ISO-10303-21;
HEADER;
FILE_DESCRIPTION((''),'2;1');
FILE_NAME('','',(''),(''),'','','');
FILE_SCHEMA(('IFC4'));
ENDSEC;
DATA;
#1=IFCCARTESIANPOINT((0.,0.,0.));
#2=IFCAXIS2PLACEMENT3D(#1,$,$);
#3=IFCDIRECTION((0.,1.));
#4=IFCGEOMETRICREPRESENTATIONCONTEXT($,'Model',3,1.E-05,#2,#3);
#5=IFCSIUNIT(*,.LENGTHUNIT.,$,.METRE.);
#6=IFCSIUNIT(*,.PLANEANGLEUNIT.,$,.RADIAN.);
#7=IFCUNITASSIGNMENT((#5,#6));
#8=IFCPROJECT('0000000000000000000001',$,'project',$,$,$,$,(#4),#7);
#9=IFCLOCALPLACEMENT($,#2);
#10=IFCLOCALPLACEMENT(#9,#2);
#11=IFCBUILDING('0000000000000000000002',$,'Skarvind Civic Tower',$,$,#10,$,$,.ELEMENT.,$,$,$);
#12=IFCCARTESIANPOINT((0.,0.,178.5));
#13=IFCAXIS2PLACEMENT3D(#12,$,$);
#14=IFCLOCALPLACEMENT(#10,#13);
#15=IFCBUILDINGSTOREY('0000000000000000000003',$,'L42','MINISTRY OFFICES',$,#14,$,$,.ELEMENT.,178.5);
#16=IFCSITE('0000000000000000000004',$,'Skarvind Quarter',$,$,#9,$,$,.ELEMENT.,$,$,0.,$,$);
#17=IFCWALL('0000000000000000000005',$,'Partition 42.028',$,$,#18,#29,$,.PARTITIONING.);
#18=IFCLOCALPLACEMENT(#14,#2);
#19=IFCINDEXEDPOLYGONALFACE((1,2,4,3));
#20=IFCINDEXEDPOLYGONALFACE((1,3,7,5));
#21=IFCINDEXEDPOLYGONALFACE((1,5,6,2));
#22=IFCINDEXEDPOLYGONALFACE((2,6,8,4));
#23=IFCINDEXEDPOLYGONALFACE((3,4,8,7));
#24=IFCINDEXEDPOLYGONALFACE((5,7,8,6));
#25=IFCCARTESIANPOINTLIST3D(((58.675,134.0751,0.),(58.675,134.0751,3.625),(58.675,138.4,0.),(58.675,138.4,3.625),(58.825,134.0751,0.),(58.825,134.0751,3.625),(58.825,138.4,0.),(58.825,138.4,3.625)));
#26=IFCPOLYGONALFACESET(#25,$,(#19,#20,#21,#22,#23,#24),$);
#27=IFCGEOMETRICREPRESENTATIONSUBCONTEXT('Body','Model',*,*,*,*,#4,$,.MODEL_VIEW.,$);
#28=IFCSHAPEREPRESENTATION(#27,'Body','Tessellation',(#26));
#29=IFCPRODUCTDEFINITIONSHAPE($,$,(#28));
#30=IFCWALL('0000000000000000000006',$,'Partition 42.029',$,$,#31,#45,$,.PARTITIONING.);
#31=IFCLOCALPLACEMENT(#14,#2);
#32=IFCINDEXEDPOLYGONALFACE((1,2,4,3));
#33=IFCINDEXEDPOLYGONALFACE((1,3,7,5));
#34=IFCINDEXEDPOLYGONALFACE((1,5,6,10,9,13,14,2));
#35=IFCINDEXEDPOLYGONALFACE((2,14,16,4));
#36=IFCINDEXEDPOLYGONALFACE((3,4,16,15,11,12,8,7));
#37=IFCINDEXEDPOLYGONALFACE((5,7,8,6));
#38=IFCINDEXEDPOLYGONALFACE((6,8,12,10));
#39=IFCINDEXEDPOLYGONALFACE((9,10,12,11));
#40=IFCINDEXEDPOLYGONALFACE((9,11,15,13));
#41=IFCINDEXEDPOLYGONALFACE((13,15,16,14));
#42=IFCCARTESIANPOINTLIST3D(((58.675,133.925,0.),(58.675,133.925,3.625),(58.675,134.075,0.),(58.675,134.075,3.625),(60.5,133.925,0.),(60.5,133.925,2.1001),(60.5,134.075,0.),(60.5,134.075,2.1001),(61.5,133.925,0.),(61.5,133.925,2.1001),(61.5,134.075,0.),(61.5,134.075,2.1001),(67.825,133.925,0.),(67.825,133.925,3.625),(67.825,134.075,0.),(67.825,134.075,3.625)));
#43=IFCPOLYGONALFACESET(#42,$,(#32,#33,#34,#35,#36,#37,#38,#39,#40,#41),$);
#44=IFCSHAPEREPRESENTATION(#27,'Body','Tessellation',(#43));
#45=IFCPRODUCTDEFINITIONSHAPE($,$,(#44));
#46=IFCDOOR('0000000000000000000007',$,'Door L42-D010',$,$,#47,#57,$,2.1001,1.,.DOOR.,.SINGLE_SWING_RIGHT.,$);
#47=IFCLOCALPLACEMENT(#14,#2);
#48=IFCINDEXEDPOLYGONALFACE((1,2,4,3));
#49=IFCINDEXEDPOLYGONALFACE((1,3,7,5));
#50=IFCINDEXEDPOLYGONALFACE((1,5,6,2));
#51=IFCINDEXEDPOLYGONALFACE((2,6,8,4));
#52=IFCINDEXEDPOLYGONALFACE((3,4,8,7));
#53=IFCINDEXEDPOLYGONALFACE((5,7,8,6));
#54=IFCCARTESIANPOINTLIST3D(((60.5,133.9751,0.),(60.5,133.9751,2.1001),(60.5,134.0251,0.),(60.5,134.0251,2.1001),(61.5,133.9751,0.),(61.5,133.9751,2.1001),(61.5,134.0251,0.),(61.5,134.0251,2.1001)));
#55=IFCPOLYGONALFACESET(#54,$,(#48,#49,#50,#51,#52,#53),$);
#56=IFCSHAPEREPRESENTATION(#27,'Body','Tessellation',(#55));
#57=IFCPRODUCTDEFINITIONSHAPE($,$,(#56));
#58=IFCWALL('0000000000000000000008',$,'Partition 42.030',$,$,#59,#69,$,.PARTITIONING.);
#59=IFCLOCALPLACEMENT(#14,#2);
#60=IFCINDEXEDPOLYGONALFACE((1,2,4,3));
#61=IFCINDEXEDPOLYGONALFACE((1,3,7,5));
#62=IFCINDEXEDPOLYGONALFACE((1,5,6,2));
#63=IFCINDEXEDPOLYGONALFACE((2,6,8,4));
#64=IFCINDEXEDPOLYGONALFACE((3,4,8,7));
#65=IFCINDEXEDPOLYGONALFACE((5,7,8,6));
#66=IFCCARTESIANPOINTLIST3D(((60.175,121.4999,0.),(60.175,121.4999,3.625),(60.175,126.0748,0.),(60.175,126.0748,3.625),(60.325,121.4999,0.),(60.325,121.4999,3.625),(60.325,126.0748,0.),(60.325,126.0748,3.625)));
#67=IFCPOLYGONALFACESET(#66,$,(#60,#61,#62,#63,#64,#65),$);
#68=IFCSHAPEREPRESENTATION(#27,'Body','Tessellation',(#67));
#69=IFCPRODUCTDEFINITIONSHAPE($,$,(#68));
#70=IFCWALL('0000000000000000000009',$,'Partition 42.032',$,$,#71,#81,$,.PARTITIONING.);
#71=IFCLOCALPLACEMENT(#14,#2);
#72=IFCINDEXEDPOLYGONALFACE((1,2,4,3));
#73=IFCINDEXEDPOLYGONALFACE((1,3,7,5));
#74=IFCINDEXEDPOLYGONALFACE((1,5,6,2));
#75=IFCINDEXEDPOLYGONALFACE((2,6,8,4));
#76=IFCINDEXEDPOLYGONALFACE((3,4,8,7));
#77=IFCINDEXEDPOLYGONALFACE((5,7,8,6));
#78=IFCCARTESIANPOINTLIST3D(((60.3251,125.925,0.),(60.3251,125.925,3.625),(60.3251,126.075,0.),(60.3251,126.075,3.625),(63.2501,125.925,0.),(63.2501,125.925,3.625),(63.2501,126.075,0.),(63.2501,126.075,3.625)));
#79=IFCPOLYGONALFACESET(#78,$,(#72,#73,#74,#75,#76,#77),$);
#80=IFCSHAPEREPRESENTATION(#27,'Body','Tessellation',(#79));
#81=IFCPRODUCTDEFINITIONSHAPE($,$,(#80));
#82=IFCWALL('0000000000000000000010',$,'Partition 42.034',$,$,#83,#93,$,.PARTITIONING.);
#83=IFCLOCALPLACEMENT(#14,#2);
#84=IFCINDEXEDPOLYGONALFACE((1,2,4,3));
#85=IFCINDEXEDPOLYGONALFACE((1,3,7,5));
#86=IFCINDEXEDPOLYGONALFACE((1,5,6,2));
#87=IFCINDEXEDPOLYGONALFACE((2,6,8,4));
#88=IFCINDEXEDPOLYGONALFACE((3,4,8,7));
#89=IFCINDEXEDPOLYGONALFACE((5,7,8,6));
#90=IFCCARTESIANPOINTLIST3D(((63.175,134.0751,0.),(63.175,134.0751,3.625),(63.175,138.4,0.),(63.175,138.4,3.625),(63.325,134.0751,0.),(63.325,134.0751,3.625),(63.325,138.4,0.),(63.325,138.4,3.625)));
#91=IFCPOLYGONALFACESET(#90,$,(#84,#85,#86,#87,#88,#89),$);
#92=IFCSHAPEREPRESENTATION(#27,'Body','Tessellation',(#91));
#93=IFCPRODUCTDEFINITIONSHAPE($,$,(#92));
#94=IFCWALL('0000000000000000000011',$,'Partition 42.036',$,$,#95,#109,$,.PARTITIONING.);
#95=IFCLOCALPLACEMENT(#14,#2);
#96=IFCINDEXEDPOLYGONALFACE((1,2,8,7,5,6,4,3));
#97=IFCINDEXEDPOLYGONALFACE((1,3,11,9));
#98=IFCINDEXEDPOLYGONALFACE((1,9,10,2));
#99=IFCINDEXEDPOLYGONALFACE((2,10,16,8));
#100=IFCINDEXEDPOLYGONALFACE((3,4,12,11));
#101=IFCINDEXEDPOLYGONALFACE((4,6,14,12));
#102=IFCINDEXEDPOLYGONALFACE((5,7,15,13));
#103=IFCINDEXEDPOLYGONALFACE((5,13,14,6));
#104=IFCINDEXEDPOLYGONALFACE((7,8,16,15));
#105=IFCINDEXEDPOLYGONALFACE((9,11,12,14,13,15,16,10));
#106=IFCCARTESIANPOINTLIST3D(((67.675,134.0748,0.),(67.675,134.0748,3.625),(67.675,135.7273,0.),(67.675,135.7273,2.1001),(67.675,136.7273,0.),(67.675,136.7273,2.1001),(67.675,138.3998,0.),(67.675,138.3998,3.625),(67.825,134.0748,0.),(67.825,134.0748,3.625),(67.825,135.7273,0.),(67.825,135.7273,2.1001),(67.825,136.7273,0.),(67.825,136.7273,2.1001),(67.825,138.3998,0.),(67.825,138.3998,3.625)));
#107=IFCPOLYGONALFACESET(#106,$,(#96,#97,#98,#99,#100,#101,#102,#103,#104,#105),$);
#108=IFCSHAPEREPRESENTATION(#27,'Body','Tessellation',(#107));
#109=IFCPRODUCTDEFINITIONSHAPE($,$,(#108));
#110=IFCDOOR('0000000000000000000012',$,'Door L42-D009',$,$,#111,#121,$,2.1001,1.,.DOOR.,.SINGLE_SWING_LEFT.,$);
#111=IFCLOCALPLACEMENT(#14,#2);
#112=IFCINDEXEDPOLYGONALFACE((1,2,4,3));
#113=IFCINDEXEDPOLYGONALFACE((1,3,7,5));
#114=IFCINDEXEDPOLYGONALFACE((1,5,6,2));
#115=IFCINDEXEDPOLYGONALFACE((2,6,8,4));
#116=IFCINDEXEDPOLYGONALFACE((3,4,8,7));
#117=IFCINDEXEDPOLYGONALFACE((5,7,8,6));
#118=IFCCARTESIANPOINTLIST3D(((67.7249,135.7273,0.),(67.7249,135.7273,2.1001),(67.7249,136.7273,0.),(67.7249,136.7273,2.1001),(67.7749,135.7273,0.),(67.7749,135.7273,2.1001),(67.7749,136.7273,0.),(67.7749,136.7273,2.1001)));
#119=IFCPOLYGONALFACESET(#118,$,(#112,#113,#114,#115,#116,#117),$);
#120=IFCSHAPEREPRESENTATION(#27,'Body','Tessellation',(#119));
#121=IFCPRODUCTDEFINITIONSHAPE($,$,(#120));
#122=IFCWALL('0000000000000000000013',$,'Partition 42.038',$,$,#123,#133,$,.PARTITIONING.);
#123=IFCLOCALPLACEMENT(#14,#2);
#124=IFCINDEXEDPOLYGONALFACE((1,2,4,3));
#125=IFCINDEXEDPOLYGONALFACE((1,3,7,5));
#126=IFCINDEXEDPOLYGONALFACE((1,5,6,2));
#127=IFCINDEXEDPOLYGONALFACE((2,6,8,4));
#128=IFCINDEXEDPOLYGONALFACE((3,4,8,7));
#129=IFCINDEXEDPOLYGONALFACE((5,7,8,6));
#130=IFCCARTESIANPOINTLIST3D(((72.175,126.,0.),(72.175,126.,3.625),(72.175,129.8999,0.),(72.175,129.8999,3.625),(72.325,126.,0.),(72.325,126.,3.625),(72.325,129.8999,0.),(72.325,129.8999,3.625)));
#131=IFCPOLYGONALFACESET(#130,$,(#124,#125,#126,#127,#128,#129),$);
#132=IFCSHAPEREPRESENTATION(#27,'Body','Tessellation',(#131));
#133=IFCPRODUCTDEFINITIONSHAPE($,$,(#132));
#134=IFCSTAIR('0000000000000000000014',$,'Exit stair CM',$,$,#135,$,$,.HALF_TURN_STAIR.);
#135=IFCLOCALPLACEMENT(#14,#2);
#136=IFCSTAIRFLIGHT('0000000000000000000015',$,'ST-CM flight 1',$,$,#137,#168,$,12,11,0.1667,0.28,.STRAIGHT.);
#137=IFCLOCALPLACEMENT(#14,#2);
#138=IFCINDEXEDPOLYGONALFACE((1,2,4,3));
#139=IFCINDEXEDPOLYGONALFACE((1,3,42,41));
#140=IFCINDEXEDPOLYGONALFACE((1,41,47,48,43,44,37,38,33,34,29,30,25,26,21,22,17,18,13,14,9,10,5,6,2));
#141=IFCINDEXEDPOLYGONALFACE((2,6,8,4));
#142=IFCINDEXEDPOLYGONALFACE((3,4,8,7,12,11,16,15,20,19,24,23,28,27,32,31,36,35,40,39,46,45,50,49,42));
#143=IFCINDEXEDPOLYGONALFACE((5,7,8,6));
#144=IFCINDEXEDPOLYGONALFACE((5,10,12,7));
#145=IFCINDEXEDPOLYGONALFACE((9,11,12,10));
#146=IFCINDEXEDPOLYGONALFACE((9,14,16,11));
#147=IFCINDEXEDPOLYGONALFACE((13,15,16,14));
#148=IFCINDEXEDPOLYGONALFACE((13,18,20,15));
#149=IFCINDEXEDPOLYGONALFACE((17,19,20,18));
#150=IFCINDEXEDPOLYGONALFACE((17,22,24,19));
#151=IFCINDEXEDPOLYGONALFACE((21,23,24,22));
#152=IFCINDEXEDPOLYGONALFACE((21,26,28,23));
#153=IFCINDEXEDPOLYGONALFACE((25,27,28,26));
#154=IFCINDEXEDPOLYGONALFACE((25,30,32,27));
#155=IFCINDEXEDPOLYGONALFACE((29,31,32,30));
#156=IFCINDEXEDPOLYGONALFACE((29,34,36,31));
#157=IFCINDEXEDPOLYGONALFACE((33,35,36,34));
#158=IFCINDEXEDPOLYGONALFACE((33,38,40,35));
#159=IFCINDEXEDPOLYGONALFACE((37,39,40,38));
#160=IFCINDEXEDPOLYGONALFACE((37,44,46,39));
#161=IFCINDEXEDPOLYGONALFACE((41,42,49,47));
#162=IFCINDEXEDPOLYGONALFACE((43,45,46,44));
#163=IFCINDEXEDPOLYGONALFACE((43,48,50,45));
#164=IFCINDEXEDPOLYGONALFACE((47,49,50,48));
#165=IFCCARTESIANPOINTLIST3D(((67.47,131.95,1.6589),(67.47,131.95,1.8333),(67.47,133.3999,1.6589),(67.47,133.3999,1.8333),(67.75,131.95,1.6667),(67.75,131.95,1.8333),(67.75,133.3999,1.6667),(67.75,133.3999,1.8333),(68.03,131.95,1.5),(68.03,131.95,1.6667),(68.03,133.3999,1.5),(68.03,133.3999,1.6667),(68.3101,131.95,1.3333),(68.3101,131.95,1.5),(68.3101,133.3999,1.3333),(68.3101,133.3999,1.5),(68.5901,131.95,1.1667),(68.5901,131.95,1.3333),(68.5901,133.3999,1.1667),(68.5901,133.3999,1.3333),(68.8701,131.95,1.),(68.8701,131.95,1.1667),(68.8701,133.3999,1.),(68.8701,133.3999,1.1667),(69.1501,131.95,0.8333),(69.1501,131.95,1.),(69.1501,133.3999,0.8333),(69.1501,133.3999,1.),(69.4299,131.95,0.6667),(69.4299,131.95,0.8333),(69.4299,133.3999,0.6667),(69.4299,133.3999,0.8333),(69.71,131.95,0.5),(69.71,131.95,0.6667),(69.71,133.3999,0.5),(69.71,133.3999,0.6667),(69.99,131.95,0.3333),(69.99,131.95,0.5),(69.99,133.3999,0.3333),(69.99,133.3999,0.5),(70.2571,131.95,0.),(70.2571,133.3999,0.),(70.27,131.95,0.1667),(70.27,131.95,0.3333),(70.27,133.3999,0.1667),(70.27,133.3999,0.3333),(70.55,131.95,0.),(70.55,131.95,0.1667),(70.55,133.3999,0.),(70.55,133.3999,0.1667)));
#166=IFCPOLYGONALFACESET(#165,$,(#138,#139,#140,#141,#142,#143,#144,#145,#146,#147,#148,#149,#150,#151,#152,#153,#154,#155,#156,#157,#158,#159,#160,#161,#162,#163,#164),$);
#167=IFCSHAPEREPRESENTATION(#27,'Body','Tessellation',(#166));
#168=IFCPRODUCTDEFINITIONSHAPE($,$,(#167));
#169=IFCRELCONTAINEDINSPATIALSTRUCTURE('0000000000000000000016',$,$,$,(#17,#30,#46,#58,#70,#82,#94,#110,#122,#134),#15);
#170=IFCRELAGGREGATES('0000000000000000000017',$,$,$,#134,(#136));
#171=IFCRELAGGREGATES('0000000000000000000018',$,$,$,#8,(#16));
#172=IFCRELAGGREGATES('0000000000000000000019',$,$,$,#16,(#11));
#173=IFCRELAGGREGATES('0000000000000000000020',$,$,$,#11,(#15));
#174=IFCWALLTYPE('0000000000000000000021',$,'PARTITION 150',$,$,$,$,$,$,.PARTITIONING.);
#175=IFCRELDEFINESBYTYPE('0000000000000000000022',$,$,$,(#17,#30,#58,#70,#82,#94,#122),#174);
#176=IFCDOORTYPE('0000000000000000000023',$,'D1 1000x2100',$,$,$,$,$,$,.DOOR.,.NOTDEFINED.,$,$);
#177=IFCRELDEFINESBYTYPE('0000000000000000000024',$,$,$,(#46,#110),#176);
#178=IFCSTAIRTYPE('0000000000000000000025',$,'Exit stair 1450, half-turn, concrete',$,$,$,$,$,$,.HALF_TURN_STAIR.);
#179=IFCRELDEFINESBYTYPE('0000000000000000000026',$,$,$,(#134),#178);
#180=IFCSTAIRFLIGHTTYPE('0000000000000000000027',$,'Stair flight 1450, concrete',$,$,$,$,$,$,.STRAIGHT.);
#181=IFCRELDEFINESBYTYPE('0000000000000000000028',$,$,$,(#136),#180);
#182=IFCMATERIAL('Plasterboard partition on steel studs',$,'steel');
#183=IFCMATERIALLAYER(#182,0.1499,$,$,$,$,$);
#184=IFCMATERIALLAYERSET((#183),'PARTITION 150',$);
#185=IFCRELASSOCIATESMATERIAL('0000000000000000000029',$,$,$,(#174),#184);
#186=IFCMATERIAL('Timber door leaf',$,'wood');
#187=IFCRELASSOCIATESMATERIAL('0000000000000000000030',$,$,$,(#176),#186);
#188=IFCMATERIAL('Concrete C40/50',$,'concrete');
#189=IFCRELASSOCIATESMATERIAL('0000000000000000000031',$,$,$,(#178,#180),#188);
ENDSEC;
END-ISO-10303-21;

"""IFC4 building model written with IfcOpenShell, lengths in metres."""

from ifc_helpers import new_model, si_unit, direction, frame, frame_2d, origin, place, context, subcontext, project, spatial, polyline, rectangle, outline, extrude, material, layer, layer_set, type_object, element, fill, aggregate, save


model = new_model("IFC4")

# Units and contexts
model_context = context("Model", 3, precision=1e-05, world=origin(), true_north=direction((0.0, 1.0)))
body_context = subcontext(model_context, "Body", "Model", "MODEL_VIEW")
ifc_project = project(units=[si_unit("LENGTHUNIT", "METRE"), si_unit("PLANEANGLEUNIT", "RADIAN")], contexts=[model_context])

# Site, building, storey
site_placement = place(None, origin())
site = spatial("IfcSite", under=ifc_project, at=site_placement, Name="Skarvind Quarter", CompositionType="ELEMENT", RefElevation=0.0)
building_placement = place(site_placement, origin())
building = spatial("IfcBuilding", under=site, at=building_placement, Name="Skarvind Civic Tower", CompositionType="ELEMENT")
storey_placement = place(building_placement, frame((0.0, 0.0, 178.5)))
storey = spatial("IfcBuildingStorey", under=building, at=storey_placement, Name="L42", Description="MINISTRY OFFICES", CompositionType="ELEMENT", Elevation=178.5)

# Wall
ifc_material_1 = material(Name="Plasterboard partition on steel studs", Category="steel")
ifc_layer_1 = layer(ifc_material_1, 0.1499)
ifc_layer_set_1 = layer_set([ifc_layer_1], Name="PARTITION 150")
wall_type_1 = type_object("IfcWallType", Name="PARTITION 150", PredefinedType="PARTITIONING", material=ifc_layer_set_1)
wall_1_placement = place(storey_placement, frame((58.75, 134.075, 0.0), z_axis=(0.0, 0.0, 1.0), x_axis=(0.0, 1.0, 0.0)))
element("IfcWall", 1, at=wall_1_placement, inside=storey, type_object=wall_type_1, Name="Partition 42.028", PredefinedType="PARTITIONING", context=body_context, shape_type="SweptSolid", body=[
    extrude(rectangle(XDim=4.325, YDim=0.1499, at=frame_2d((2.1626, 0.0))), origin(), (0.0, 0.0, 1.0), 3.625),
])

# Wall, opening, door
wall_2_placement = place(storey_placement, frame((67.825, 134.0, 0.0), z_axis=(0.0, 0.0, 1.0), x_axis=(-1.0, 0.0, 0.0)))
wall_2 = element("IfcWall", 2, at=wall_2_placement, inside=storey, type_object=wall_type_1, Name="Partition 42.029", PredefinedType="PARTITIONING", context=body_context, shape_type="SweptSolid", body=[
    extrude(rectangle(XDim=9.1499, YDim=0.1499, at=frame_2d((4.575, 0.0))), origin(), (0.0, 0.0, 1.0), 3.625),
])
opening_1_placement = place(wall_2_placement, frame((6.325, 0.0, 0.0)))
opening_1 = element("IfcOpeningElement", 3, at=opening_1_placement, cuts=wall_2, PredefinedType="OPENING", context=body_context, shape_type="SweptSolid", body=[
    extrude(rectangle(XDim=1.0, YDim=2.1001, at=frame_2d((0.5, 1.05))), frame((0.0, 0.085, 0.0), z_axis=(0.0, -1.0, 0.0), x_axis=(1.0, 0.0, 0.0)), (0.0, 0.0, 1.0), 0.1699),
])
ifc_material_2 = material(Name="Timber door leaf", Category="wood")
door_type_1 = type_object("IfcDoorType", Name="D1 1000x2100", OperationType="NOTDEFINED", PredefinedType="DOOR", material=ifc_material_2)
door_1_placement = place(opening_1_placement, origin())
door_1 = element("IfcDoor", 4, at=door_1_placement, inside=storey, type_object=door_type_1, Name="Door L42-D010", OperationType="SINGLE_SWING_RIGHT", OverallHeight=2.1001, OverallWidth=1.0, PredefinedType="DOOR", context=body_context, shape_type="SweptSolid", body=[
    extrude(rectangle(XDim=1.0, YDim=2.1001, at=frame_2d((0.5, 1.05))), frame((0.0, 0.0249, 0.0), z_axis=(0.0, -1.0, 0.0), x_axis=(1.0, 0.0, 0.0)), (0.0, 0.0, 1.0), 0.05),
])
fill(opening_1, door_1)

# Walls
wall_3_placement = place(storey_placement, frame((60.25, 126.075, 0.0), z_axis=(0.0, 0.0, 1.0), x_axis=(0.0, -1.0, 0.0)))
element("IfcWall", 5, at=wall_3_placement, inside=storey, type_object=wall_type_1, Name="Partition 42.030", PredefinedType="PARTITIONING", context=body_context, shape_type="SweptSolid", body=[
    extrude(rectangle(XDim=4.575, YDim=0.1499, at=frame_2d((2.2876, 0.0))), origin(), (0.0, 0.0, 1.0), 3.625),
])
wall_4_placement = place(storey_placement, frame((63.25, 126.0, 0.0), z_axis=(0.0, 0.0, 1.0), x_axis=(-1.0, 0.0, 0.0)))
element("IfcWall", 6, at=wall_4_placement, inside=storey, type_object=wall_type_1, Name="Partition 42.032", PredefinedType="PARTITIONING", context=body_context, shape_type="SweptSolid", body=[
    extrude(rectangle(XDim=2.925, YDim=0.1499, at=frame_2d((1.4624, 0.0))), origin(), (0.0, 0.0, 1.0), 3.625),
])
wall_5_placement = place(storey_placement, frame((63.25, 134.075, 0.0), z_axis=(0.0, 0.0, 1.0), x_axis=(0.0, 1.0, 0.0)))
element("IfcWall", 7, at=wall_5_placement, inside=storey, type_object=wall_type_1, Name="Partition 42.034", PredefinedType="PARTITIONING", context=body_context, shape_type="SweptSolid", body=[
    extrude(rectangle(XDim=4.325, YDim=0.1499, at=frame_2d((2.1626, 0.0))), origin(), (0.0, 0.0, 1.0), 3.625),
])

# Wall, opening, door
wall_6_placement = place(storey_placement, frame((67.75, 138.3999, 0.0), z_axis=(0.0, 0.0, 1.0), x_axis=(0.0, -1.0, 0.0)))
wall_6 = element("IfcWall", 8, at=wall_6_placement, inside=storey, type_object=wall_type_1, Name="Partition 42.036", PredefinedType="PARTITIONING", context=body_context, shape_type="SweptSolid", body=[
    extrude(rectangle(XDim=4.325, YDim=0.1499, at=frame_2d((2.1626, 0.0))), origin(), (0.0, 0.0, 1.0), 3.625),
])
opening_2_placement = place(wall_6_placement, frame((1.6726, 0.0, 0.0)))
opening_2 = element("IfcOpeningElement", 9, at=opening_2_placement, cuts=wall_6, PredefinedType="OPENING", context=body_context, shape_type="SweptSolid", body=[
    extrude(rectangle(XDim=1.0, YDim=2.1001, at=frame_2d((0.5, 1.05))), frame((0.0, 0.085, 0.0), z_axis=(0.0, -1.0, 0.0), x_axis=(1.0, 0.0, 0.0)), (0.0, 0.0, 1.0), 0.1699),
])
door_2_placement = place(opening_2_placement, origin())
door_2 = element("IfcDoor", 10, at=door_2_placement, inside=storey, type_object=door_type_1, Name="Door L42-D009", OperationType="SINGLE_SWING_LEFT", OverallHeight=2.1001, OverallWidth=1.0, PredefinedType="DOOR", context=body_context, shape_type="SweptSolid", body=[
    extrude(rectangle(XDim=1.0, YDim=2.1001, at=frame_2d((0.5, 1.05))), frame((0.0, 0.0249, 0.0), z_axis=(0.0, -1.0, 0.0), x_axis=(1.0, 0.0, 0.0)), (0.0, 0.0, 1.0), 0.05),
])
fill(opening_2, door_2)

# Wall
wall_7_placement = place(storey_placement, frame((72.25, 126.0, 0.0), z_axis=(0.0, 0.0, 1.0), x_axis=(0.0, 1.0, 0.0)))
element("IfcWall", 11, at=wall_7_placement, inside=storey, type_object=wall_type_1, Name="Partition 42.038", PredefinedType="PARTITIONING", context=body_context, shape_type="SweptSolid", body=[
    extrude(rectangle(XDim=3.8999, YDim=0.1499, at=frame_2d((1.95, 0.0))), origin(), (0.0, 0.0, 1.0), 3.625),
])

# Stair, stair flight
ifc_material_3 = material(Name="Concrete C40/50", Category="concrete")
stair_type = type_object("IfcStairType", Name="Exit stair 1450, half-turn, concrete", PredefinedType="HALF_TURN_STAIR", material=ifc_material_3)
stair_placement = place(storey_placement, origin())
stair = element("IfcStair", 12, at=stair_placement, inside=storey, type_object=stair_type, Name="Exit stair CM", PredefinedType="HALF_TURN_STAIR")
stair_flight_type = type_object("IfcStairFlightType", Name="Stair flight 1450, concrete", PredefinedType="STRAIGHT", material=ifc_material_3)
stair_flight_1_placement = place(storey_placement, frame((70.55, 132.675, 0.0), z_axis=(0.0, 0.0, 1.0), x_axis=(-1.0, 0.0, 0.0)))
stair_flight_1 = element("IfcStairFlight", 13, at=stair_flight_1_placement, type_object=stair_flight_type, Name="ST-CM flight 1", NumberOfRisers=12, NumberOfTreads=11, PredefinedType="STRAIGHT", RiserHeight=0.1667, TreadLength=0.28, context=body_context, shape_type="SweptSolid", body=[
    extrude(outline(polyline([(0.0, 0.0), (0.0, 0.1667), (0.28, 0.1667), (0.28, 0.3333), (0.5601, 0.3333), (0.5601, 0.5), (0.8401, 0.5), (0.8401, 0.6667), (1.1201, 0.6667), (1.1201, 0.8333), (1.3999, 0.8333), (1.3999, 1.0), (1.6799, 1.0), (1.6799, 1.1667), (1.96, 1.1667), (1.96, 1.3333), (2.24, 1.3333), (2.24, 1.5), (2.52, 1.5), (2.52, 1.6667), (2.8, 1.6667), (2.8, 1.8333), (3.0801, 1.8333), (3.0801, 2.0), (3.0801, 1.6589), (0.293, 0.0), (0.0, 0.0)])), frame((0.0, 0.7251, 0.0), z_axis=(0.0, -1.0, 0.0), x_axis=(1.0, 0.0, 0.0)), (0.0, 0.0, 1.0), 1.45),
])
aggregate(stair, [stair_flight_1])

save(model, "model.ifc")
